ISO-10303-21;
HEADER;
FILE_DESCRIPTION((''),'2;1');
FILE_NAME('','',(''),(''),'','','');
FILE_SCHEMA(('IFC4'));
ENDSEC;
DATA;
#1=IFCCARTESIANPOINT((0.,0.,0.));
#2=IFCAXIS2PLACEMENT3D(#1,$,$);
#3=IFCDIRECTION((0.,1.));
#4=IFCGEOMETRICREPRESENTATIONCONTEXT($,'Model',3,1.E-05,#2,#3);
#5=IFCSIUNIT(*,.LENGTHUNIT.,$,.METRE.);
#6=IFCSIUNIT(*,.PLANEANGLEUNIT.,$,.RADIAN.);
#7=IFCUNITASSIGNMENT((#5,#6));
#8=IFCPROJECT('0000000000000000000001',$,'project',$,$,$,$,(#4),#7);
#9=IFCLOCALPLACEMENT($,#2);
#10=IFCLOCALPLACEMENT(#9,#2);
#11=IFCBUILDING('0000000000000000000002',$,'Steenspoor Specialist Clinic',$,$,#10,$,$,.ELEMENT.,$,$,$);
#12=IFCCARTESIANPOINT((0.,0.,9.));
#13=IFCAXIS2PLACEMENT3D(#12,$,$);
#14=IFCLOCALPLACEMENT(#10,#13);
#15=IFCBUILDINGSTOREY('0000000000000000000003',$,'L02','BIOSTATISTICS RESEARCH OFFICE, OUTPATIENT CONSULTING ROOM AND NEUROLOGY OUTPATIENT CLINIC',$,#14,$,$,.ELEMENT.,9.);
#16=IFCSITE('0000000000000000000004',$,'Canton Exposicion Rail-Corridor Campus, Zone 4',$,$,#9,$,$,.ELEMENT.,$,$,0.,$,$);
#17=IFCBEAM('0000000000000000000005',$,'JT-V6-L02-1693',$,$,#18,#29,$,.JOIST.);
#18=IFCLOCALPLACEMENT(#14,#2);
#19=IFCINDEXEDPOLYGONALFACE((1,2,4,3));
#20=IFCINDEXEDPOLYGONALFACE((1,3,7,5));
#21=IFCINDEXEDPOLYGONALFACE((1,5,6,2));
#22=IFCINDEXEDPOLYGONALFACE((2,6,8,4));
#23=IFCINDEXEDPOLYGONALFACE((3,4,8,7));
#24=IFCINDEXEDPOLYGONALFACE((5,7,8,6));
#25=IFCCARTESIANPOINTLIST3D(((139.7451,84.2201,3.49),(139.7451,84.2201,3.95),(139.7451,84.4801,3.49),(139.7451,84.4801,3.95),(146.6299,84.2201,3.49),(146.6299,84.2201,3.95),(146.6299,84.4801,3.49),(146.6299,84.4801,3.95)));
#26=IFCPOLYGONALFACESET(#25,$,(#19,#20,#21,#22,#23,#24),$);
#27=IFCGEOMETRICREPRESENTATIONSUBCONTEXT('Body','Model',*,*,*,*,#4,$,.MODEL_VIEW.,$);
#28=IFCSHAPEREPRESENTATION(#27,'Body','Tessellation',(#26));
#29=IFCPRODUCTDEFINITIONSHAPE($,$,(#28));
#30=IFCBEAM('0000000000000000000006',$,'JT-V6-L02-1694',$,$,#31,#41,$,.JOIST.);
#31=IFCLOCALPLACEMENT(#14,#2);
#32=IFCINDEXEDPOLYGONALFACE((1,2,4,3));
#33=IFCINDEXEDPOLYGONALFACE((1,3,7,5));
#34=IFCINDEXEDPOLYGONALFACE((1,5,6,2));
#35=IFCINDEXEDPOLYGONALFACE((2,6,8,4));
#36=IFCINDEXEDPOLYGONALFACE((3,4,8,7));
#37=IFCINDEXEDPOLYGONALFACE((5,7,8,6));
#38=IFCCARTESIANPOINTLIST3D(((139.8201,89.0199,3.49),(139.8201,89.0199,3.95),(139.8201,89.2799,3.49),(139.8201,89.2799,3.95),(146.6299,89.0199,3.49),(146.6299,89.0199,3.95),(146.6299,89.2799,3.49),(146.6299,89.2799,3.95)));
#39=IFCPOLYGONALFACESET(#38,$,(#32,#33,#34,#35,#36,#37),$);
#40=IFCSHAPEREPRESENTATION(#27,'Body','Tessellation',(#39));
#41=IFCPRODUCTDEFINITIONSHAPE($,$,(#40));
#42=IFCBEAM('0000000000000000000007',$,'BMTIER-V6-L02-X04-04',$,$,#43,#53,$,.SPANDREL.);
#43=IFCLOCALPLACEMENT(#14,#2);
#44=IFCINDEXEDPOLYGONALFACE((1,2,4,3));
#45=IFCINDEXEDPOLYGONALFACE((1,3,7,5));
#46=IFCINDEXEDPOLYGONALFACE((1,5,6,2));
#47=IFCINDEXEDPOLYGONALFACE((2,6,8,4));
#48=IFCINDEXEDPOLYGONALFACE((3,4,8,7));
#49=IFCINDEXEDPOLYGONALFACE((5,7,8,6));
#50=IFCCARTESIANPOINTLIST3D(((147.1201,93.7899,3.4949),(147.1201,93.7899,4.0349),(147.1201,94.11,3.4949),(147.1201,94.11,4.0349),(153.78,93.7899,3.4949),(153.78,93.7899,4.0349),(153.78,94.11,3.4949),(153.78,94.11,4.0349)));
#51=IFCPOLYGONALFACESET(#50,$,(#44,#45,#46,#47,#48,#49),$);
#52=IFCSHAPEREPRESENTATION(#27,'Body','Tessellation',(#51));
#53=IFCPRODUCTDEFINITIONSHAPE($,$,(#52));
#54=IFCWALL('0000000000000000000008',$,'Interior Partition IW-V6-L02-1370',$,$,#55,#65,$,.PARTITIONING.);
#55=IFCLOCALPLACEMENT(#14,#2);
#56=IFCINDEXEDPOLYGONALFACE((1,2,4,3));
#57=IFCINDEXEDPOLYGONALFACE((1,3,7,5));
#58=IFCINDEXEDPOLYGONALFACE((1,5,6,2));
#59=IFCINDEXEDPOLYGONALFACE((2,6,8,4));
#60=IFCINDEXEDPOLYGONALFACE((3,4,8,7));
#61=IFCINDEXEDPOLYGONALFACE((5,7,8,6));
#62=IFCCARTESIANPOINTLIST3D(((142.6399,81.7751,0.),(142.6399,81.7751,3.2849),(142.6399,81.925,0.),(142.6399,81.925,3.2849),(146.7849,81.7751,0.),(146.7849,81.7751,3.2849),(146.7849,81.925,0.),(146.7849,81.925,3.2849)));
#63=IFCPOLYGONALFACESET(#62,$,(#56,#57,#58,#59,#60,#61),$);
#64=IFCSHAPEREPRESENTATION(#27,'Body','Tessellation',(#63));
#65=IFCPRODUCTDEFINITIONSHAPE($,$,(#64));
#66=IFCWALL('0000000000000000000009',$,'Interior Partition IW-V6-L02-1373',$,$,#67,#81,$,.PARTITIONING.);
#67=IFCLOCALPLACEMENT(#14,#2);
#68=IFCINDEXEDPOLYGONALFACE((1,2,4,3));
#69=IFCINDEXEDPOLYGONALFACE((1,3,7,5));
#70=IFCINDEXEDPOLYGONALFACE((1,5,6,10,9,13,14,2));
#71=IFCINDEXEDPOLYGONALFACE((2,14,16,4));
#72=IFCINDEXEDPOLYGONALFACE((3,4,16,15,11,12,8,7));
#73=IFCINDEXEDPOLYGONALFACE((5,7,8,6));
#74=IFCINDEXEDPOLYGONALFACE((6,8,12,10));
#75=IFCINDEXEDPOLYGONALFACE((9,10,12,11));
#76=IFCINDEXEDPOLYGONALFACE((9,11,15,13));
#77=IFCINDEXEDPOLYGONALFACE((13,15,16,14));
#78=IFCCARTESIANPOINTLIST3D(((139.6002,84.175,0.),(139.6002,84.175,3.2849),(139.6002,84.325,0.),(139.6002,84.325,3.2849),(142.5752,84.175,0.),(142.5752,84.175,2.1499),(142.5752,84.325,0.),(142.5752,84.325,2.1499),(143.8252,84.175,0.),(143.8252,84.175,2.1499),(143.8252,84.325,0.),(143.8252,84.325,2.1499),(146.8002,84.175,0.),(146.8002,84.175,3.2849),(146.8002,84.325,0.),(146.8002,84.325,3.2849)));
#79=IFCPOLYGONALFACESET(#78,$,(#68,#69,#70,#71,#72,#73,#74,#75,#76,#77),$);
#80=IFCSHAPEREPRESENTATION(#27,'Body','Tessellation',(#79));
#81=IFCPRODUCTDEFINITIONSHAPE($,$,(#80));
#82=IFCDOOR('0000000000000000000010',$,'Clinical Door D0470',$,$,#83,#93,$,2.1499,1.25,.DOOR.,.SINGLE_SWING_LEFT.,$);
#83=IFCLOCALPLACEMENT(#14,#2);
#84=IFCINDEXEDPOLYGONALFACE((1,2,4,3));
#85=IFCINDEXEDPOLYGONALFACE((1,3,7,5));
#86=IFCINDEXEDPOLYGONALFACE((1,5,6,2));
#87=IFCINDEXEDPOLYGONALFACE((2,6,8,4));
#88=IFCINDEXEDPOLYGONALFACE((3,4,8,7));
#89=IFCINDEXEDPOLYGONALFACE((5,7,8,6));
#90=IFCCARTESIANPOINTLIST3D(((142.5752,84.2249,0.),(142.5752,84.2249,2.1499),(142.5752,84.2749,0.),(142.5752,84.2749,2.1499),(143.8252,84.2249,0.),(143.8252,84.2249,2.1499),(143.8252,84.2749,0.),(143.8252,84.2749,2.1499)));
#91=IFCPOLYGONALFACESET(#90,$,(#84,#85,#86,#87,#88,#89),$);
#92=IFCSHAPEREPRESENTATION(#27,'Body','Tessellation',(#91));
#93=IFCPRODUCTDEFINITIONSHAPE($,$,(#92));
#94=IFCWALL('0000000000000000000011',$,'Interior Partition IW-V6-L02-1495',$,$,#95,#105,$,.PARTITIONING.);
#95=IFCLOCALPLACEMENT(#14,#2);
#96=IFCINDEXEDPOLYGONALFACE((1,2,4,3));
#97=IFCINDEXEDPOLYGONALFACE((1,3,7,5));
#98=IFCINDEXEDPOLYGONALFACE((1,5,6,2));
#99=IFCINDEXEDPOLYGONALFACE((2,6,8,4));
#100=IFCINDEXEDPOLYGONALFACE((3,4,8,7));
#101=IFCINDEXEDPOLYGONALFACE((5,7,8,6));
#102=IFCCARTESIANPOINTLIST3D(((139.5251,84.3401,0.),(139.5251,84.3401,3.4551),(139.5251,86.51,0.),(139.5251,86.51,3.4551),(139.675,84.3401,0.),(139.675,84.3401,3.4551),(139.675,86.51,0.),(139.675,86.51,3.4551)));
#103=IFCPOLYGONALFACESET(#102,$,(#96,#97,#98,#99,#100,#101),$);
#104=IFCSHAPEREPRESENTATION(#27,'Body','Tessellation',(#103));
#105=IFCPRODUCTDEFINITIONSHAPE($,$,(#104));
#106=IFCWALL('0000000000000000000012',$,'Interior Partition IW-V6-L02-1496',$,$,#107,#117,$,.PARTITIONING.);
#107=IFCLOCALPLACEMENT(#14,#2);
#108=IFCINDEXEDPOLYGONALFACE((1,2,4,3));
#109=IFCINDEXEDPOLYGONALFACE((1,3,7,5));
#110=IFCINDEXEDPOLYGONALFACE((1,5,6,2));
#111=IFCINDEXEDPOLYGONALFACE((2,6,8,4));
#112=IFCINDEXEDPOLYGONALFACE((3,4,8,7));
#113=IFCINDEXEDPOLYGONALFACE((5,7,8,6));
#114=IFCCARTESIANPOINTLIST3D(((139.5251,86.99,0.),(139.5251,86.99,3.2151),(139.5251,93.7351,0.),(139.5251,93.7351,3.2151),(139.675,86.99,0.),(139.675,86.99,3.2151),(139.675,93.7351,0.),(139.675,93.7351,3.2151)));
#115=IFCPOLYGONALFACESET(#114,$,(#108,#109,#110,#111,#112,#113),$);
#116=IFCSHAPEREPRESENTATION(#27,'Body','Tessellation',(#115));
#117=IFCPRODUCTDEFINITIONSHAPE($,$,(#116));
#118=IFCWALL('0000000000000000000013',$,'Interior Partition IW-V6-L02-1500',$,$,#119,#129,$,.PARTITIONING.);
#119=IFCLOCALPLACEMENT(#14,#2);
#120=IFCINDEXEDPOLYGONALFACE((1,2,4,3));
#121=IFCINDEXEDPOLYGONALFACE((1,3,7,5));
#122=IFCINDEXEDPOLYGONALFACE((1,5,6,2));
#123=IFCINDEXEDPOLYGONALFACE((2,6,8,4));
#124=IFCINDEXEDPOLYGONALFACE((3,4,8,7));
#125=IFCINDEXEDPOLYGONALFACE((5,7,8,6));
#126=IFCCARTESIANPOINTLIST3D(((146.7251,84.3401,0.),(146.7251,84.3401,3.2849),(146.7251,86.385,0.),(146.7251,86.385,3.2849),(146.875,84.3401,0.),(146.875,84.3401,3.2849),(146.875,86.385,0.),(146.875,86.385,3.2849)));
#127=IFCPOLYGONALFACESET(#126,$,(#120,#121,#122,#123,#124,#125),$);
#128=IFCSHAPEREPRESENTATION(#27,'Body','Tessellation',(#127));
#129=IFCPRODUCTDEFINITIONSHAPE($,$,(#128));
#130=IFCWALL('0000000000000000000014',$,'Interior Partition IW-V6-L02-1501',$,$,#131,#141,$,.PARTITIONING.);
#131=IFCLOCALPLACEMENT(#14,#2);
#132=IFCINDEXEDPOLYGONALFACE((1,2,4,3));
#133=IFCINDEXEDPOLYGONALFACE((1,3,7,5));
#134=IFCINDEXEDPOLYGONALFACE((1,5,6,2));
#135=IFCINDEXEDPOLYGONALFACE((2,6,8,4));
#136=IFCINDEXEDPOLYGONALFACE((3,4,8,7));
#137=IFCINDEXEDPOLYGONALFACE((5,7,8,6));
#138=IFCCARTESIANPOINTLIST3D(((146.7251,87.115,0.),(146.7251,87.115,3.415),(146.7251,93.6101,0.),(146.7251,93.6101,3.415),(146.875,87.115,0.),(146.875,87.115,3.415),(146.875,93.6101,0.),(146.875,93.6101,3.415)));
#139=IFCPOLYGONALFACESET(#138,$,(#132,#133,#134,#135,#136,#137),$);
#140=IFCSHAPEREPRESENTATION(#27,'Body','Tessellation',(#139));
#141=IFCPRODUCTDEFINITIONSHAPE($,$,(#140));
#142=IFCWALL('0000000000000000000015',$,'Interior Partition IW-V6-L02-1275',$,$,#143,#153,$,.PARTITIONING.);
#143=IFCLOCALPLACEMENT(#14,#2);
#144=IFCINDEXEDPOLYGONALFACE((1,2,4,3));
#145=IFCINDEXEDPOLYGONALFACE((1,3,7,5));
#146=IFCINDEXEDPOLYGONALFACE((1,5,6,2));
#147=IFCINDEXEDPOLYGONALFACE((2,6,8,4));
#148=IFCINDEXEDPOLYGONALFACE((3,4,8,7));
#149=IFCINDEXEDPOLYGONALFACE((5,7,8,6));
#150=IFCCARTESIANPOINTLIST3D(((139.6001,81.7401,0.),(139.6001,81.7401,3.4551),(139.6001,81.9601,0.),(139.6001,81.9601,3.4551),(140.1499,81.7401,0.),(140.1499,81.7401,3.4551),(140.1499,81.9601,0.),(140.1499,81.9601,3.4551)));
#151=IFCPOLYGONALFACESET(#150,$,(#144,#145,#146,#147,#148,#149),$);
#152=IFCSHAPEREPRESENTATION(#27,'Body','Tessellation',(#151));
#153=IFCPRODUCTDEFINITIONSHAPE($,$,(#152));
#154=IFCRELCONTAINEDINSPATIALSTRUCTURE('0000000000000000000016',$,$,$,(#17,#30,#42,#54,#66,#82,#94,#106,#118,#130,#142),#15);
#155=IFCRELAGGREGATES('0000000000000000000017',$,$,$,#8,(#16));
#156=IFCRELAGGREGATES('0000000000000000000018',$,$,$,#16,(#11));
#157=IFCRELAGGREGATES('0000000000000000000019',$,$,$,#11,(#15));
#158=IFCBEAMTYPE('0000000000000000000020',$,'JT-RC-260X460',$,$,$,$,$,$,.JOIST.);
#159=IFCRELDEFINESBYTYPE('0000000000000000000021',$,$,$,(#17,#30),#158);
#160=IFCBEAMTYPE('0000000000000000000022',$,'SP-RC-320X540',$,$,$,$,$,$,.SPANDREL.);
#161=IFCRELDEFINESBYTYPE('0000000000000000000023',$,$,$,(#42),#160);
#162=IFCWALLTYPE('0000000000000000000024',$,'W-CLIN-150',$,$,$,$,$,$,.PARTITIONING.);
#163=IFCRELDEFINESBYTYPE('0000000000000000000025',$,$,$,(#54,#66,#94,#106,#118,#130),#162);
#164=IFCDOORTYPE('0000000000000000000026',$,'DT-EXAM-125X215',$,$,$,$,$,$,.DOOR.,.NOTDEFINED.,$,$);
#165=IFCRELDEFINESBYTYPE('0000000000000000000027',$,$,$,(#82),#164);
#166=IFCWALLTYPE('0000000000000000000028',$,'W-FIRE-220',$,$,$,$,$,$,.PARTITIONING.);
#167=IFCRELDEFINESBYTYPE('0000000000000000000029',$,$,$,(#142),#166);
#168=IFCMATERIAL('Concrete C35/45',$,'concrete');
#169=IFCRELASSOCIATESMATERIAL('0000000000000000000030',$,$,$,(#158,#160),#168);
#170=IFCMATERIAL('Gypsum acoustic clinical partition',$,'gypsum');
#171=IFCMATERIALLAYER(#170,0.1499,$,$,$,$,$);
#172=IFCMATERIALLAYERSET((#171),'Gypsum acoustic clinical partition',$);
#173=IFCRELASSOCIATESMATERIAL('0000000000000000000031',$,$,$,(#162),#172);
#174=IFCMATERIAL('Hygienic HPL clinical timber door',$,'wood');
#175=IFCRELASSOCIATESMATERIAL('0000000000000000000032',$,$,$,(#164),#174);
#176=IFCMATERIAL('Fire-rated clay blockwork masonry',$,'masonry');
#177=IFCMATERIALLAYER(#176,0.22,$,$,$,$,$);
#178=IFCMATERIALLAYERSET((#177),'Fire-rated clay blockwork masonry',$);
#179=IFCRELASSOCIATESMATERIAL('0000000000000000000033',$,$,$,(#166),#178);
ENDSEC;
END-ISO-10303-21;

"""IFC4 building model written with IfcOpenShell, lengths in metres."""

from ifc_helpers import new_model, si_unit, direction, frame, frame_2d, origin, origin_2d, place, context, subcontext, project, spatial, rectangle, extrude, material, layer, layer_set, material_profile, profile_set, type_object, element, fill, save


model = new_model("IFC4")

# Units and contexts
model_context = context("Model", 3, precision=1e-05, world=origin(), true_north=direction((0.0, 1.0)))
body_context = subcontext(model_context, "Body", "Model", "MODEL_VIEW")
ifc_project = project(units=[si_unit("LENGTHUNIT", "METRE"), si_unit("PLANEANGLEUNIT", "RADIAN")], contexts=[model_context])

# Site, building, storey
site_placement = place(None, origin())
site = spatial("IfcSite", under=ifc_project, at=site_placement, Name="Canton Exposicion Rail-Corridor Campus, Zone 4", CompositionType="ELEMENT", RefElevation=0.0)
building_placement = place(site_placement, origin())
building = spatial("IfcBuilding", under=site, at=building_placement, Name="Steenspoor Specialist Clinic", CompositionType="ELEMENT")
storey_placement = place(building_placement, frame((0.0, 0.0, 9.0)))
storey = spatial("IfcBuildingStorey", under=building, at=storey_placement, Name="L02", Description="BIOSTATISTICS RESEARCH OFFICE, OUTPATIENT CONSULTING ROOM AND NEUROLOGY OUTPATIENT CLINIC", CompositionType="ELEMENT", Elevation=9.0)

# Beams
ifc_material_1 = material(Name="Concrete C35/45", Category="concrete")
ifc_material_profile_1 = material_profile(ifc_material_1, rectangle(XDim=0.26, YDim=0.46, at=origin_2d()), Name="RC-JT-260X460")
ifc_profile_set_1 = profile_set([ifc_material_profile_1], Name="Concrete C35/45")
beam_type_1 = type_object("IfcBeamType", Name="JT-RC-260X460", PredefinedType="JOIST", material=ifc_profile_set_1)
beam_1_placement = place(storey_placement, frame((139.7451, 84.3501, 3.72), z_axis=(1.0, 0.0, 0.0), x_axis=(0.0, 1.0, 0.0)))
element("IfcBeam", 1, at=beam_1_placement, inside=storey, type_object=beam_type_1, Name="JT-V6-L02-1693", PredefinedType="JOIST", context=body_context, shape_type="SweptSolid", body=[
    extrude(rectangle(XDim=0.26, YDim=0.46, at=origin_2d()), origin(), (0.0, 0.0, 1.0), 6.8848),
])
beam_2_placement = place(storey_placement, frame((139.8201, 89.1499, 3.72), z_axis=(1.0, 0.0, 0.0), x_axis=(0.0, 1.0, 0.0)))
element("IfcBeam", 2, at=beam_2_placement, inside=storey, type_object=beam_type_1, Name="JT-V6-L02-1694", PredefinedType="JOIST", context=body_context, shape_type="SweptSolid", body=[
    extrude(rectangle(XDim=0.26, YDim=0.46, at=origin_2d()), origin(), (0.0, 0.0, 1.0), 6.8098),
])
ifc_material_profile_2 = material_profile(ifc_material_1, rectangle(XDim=0.3201, YDim=0.54, at=origin_2d()), Name="RC-SP-320X540")
ifc_profile_set_2 = profile_set([ifc_material_profile_2], Name="Concrete C35/45")
beam_type_2 = type_object("IfcBeamType", Name="SP-RC-320X540", PredefinedType="SPANDREL", material=ifc_profile_set_2)
beam_3_placement = place(storey_placement, frame((147.1201, 93.95, 3.7649), z_axis=(1.0, 0.0, 0.0), x_axis=(0.0, 1.0, 0.0)))
element("IfcBeam", 3, at=beam_3_placement, inside=storey, type_object=beam_type_2, Name="BMTIER-V6-L02-X04-04", PredefinedType="SPANDREL", context=body_context, shape_type="SweptSolid", body=[
    extrude(rectangle(XDim=0.3201, YDim=0.54, at=origin_2d()), origin(), (0.0, 0.0, 1.0), 6.6599),
])

# Shared definitions
ifc_material_2 = material(Name="Gypsum acoustic clinical partition", Category="gypsum")
ifc_layer_1 = layer(ifc_material_2, 0.1499)
ifc_layer_set_1 = layer_set([ifc_layer_1], Name="Gypsum acoustic clinical partition")
wall_type_1 = type_object("IfcWallType", Name="W-CLIN-150", PredefinedType="PARTITIONING", material=ifc_layer_set_1)

# Wall
wall_1_placement = place(storey_placement, frame((142.6399, 81.8501, 0.0), z_axis=(0.0, 0.0, 1.0), x_axis=(1.0, 0.0, 0.0)))
element("IfcWall", 4, at=wall_1_placement, inside=storey, type_object=wall_type_1, Name="Interior Partition IW-V6-L02-1370", PredefinedType="PARTITIONING", context=body_context, shape_type="SweptSolid", body=[
    extrude(rectangle(XDim=4.145, YDim=0.1499, at=frame_2d((2.0725, 0.0))), origin(), (0.0, 0.0, 1.0), 3.2849),
])

# Wall, opening, door
wall_2_placement = place(storey_placement, frame((139.6001, 84.25, 0.0), z_axis=(0.0, 0.0, 1.0), x_axis=(1.0, 0.0, 0.0)))
wall_2 = element("IfcWall", 5, at=wall_2_placement, inside=storey, type_object=wall_type_1, Name="Interior Partition IW-V6-L02-1373", PredefinedType="PARTITIONING", context=body_context, shape_type="SweptSolid", body=[
    extrude(rectangle(XDim=7.2, YDim=0.1499, at=frame_2d((3.6001, 0.0))), origin(), (0.0, 0.0, 1.0), 3.2849),
])
opening_1_placement = place(wall_2_placement, frame((2.9751, 0.0, 0.0)))
opening_1 = element("IfcOpeningElement", 6, at=opening_1_placement, cuts=wall_2, PredefinedType="OPENING", context=body_context, shape_type="SweptSolid", body=[
    extrude(rectangle(XDim=1.25, YDim=2.1499, at=frame_2d((0.625, 1.075))), frame((0.0, 0.085, 0.0), z_axis=(0.0, -1.0, 0.0), x_axis=(1.0, 0.0, 0.0)), (0.0, 0.0, 1.0), 0.1699),
])
ifc_material_3 = material(Name="Hygienic HPL clinical timber door", Category="wood")
door_type_1 = type_object("IfcDoorType", Name="DT-EXAM-125X215", OperationType="NOTDEFINED", PredefinedType="DOOR", material=ifc_material_3)
door_1_placement = place(opening_1_placement, origin())
door_1 = element("IfcDoor", 7, at=door_1_placement, inside=storey, type_object=door_type_1, Name="Clinical Door D0470", OperationType="SINGLE_SWING_LEFT", OverallHeight=2.1499, OverallWidth=1.25, PredefinedType="DOOR", context=body_context, shape_type="SweptSolid", body=[
    extrude(rectangle(XDim=1.25, YDim=2.1499, at=frame_2d((0.625, 1.075))), frame((0.0, 0.0249, 0.0), z_axis=(0.0, -1.0, 0.0), x_axis=(1.0, 0.0, 0.0)), (0.0, 0.0, 1.0), 0.05),
])
fill(opening_1, door_1)

# Walls
wall_3_placement = place(storey_placement, frame((139.6001, 84.3401, 0.0), z_axis=(0.0, 0.0, 1.0), x_axis=(0.0, 1.0, 0.0)))
element("IfcWall", 8, at=wall_3_placement, inside=storey, type_object=wall_type_1, Name="Interior Partition IW-V6-L02-1495", PredefinedType="PARTITIONING", context=body_context, shape_type="SweptSolid", body=[
    extrude(rectangle(XDim=2.1699, YDim=0.1499, at=frame_2d((1.085, 0.0))), origin(), (0.0, 0.0, 1.0), 3.4551),
])
wall_4_placement = place(storey_placement, frame((139.6001, 86.99, 0.0), z_axis=(0.0, 0.0, 1.0), x_axis=(0.0, 1.0, 0.0)))
element("IfcWall", 9, at=wall_4_placement, inside=storey, type_object=wall_type_1, Name="Interior Partition IW-V6-L02-1496", PredefinedType="PARTITIONING", context=body_context, shape_type="SweptSolid", body=[
    extrude(rectangle(XDim=6.7451, YDim=0.1499, at=frame_2d((3.3726, 0.0))), origin(), (0.0, 0.0, 1.0), 3.2151),
])
wall_5_placement = place(storey_placement, frame((146.8, 84.3401, 0.0), z_axis=(0.0, 0.0, 1.0), x_axis=(0.0, 1.0, 0.0)))
element("IfcWall", 10, at=wall_5_placement, inside=storey, type_object=wall_type_1, Name="Interior Partition IW-V6-L02-1500", PredefinedType="PARTITIONING", context=body_context, shape_type="SweptSolid", body=[
    extrude(rectangle(XDim=2.0449, YDim=0.1499, at=frame_2d((1.0225, 0.0))), origin(), (0.0, 0.0, 1.0), 3.2849),
])
wall_6_placement = place(storey_placement, frame((146.8, 87.115, 0.0), z_axis=(0.0, 0.0, 1.0), x_axis=(0.0, 1.0, 0.0)))
element("IfcWall", 11, at=wall_6_placement, inside=storey, type_object=wall_type_1, Name="Interior Partition IW-V6-L02-1501", PredefinedType="PARTITIONING", context=body_context, shape_type="SweptSolid", body=[
    extrude(rectangle(XDim=6.4951, YDim=0.1499, at=frame_2d((3.2476, 0.0))), origin(), (0.0, 0.0, 1.0), 3.415),
])
ifc_material_4 = material(Name="Fire-rated clay blockwork masonry", Category="masonry")
ifc_layer_2 = layer(ifc_material_4, 0.22)
ifc_layer_set_2 = layer_set([ifc_layer_2], Name="Fire-rated clay blockwork masonry")
wall_type_2 = type_object("IfcWallType", Name="W-FIRE-220", PredefinedType="PARTITIONING", material=ifc_layer_set_2)
wall_7_placement = place(storey_placement, frame((139.6001, 81.8501, 0.0), z_axis=(0.0, 0.0, 1.0), x_axis=(1.0, 0.0, 0.0)))
element("IfcWall", 12, at=wall_7_placement, inside=storey, type_object=wall_type_2, Name="Interior Partition IW-V6-L02-1275", PredefinedType="PARTITIONING", context=body_context, shape_type="SweptSolid", body=[
    extrude(rectangle(XDim=0.5498, YDim=0.22, at=frame_2d((0.2749, 0.0))), origin(), (0.0, 0.0, 1.0), 3.4551),
])

save(model, "model.ifc")
